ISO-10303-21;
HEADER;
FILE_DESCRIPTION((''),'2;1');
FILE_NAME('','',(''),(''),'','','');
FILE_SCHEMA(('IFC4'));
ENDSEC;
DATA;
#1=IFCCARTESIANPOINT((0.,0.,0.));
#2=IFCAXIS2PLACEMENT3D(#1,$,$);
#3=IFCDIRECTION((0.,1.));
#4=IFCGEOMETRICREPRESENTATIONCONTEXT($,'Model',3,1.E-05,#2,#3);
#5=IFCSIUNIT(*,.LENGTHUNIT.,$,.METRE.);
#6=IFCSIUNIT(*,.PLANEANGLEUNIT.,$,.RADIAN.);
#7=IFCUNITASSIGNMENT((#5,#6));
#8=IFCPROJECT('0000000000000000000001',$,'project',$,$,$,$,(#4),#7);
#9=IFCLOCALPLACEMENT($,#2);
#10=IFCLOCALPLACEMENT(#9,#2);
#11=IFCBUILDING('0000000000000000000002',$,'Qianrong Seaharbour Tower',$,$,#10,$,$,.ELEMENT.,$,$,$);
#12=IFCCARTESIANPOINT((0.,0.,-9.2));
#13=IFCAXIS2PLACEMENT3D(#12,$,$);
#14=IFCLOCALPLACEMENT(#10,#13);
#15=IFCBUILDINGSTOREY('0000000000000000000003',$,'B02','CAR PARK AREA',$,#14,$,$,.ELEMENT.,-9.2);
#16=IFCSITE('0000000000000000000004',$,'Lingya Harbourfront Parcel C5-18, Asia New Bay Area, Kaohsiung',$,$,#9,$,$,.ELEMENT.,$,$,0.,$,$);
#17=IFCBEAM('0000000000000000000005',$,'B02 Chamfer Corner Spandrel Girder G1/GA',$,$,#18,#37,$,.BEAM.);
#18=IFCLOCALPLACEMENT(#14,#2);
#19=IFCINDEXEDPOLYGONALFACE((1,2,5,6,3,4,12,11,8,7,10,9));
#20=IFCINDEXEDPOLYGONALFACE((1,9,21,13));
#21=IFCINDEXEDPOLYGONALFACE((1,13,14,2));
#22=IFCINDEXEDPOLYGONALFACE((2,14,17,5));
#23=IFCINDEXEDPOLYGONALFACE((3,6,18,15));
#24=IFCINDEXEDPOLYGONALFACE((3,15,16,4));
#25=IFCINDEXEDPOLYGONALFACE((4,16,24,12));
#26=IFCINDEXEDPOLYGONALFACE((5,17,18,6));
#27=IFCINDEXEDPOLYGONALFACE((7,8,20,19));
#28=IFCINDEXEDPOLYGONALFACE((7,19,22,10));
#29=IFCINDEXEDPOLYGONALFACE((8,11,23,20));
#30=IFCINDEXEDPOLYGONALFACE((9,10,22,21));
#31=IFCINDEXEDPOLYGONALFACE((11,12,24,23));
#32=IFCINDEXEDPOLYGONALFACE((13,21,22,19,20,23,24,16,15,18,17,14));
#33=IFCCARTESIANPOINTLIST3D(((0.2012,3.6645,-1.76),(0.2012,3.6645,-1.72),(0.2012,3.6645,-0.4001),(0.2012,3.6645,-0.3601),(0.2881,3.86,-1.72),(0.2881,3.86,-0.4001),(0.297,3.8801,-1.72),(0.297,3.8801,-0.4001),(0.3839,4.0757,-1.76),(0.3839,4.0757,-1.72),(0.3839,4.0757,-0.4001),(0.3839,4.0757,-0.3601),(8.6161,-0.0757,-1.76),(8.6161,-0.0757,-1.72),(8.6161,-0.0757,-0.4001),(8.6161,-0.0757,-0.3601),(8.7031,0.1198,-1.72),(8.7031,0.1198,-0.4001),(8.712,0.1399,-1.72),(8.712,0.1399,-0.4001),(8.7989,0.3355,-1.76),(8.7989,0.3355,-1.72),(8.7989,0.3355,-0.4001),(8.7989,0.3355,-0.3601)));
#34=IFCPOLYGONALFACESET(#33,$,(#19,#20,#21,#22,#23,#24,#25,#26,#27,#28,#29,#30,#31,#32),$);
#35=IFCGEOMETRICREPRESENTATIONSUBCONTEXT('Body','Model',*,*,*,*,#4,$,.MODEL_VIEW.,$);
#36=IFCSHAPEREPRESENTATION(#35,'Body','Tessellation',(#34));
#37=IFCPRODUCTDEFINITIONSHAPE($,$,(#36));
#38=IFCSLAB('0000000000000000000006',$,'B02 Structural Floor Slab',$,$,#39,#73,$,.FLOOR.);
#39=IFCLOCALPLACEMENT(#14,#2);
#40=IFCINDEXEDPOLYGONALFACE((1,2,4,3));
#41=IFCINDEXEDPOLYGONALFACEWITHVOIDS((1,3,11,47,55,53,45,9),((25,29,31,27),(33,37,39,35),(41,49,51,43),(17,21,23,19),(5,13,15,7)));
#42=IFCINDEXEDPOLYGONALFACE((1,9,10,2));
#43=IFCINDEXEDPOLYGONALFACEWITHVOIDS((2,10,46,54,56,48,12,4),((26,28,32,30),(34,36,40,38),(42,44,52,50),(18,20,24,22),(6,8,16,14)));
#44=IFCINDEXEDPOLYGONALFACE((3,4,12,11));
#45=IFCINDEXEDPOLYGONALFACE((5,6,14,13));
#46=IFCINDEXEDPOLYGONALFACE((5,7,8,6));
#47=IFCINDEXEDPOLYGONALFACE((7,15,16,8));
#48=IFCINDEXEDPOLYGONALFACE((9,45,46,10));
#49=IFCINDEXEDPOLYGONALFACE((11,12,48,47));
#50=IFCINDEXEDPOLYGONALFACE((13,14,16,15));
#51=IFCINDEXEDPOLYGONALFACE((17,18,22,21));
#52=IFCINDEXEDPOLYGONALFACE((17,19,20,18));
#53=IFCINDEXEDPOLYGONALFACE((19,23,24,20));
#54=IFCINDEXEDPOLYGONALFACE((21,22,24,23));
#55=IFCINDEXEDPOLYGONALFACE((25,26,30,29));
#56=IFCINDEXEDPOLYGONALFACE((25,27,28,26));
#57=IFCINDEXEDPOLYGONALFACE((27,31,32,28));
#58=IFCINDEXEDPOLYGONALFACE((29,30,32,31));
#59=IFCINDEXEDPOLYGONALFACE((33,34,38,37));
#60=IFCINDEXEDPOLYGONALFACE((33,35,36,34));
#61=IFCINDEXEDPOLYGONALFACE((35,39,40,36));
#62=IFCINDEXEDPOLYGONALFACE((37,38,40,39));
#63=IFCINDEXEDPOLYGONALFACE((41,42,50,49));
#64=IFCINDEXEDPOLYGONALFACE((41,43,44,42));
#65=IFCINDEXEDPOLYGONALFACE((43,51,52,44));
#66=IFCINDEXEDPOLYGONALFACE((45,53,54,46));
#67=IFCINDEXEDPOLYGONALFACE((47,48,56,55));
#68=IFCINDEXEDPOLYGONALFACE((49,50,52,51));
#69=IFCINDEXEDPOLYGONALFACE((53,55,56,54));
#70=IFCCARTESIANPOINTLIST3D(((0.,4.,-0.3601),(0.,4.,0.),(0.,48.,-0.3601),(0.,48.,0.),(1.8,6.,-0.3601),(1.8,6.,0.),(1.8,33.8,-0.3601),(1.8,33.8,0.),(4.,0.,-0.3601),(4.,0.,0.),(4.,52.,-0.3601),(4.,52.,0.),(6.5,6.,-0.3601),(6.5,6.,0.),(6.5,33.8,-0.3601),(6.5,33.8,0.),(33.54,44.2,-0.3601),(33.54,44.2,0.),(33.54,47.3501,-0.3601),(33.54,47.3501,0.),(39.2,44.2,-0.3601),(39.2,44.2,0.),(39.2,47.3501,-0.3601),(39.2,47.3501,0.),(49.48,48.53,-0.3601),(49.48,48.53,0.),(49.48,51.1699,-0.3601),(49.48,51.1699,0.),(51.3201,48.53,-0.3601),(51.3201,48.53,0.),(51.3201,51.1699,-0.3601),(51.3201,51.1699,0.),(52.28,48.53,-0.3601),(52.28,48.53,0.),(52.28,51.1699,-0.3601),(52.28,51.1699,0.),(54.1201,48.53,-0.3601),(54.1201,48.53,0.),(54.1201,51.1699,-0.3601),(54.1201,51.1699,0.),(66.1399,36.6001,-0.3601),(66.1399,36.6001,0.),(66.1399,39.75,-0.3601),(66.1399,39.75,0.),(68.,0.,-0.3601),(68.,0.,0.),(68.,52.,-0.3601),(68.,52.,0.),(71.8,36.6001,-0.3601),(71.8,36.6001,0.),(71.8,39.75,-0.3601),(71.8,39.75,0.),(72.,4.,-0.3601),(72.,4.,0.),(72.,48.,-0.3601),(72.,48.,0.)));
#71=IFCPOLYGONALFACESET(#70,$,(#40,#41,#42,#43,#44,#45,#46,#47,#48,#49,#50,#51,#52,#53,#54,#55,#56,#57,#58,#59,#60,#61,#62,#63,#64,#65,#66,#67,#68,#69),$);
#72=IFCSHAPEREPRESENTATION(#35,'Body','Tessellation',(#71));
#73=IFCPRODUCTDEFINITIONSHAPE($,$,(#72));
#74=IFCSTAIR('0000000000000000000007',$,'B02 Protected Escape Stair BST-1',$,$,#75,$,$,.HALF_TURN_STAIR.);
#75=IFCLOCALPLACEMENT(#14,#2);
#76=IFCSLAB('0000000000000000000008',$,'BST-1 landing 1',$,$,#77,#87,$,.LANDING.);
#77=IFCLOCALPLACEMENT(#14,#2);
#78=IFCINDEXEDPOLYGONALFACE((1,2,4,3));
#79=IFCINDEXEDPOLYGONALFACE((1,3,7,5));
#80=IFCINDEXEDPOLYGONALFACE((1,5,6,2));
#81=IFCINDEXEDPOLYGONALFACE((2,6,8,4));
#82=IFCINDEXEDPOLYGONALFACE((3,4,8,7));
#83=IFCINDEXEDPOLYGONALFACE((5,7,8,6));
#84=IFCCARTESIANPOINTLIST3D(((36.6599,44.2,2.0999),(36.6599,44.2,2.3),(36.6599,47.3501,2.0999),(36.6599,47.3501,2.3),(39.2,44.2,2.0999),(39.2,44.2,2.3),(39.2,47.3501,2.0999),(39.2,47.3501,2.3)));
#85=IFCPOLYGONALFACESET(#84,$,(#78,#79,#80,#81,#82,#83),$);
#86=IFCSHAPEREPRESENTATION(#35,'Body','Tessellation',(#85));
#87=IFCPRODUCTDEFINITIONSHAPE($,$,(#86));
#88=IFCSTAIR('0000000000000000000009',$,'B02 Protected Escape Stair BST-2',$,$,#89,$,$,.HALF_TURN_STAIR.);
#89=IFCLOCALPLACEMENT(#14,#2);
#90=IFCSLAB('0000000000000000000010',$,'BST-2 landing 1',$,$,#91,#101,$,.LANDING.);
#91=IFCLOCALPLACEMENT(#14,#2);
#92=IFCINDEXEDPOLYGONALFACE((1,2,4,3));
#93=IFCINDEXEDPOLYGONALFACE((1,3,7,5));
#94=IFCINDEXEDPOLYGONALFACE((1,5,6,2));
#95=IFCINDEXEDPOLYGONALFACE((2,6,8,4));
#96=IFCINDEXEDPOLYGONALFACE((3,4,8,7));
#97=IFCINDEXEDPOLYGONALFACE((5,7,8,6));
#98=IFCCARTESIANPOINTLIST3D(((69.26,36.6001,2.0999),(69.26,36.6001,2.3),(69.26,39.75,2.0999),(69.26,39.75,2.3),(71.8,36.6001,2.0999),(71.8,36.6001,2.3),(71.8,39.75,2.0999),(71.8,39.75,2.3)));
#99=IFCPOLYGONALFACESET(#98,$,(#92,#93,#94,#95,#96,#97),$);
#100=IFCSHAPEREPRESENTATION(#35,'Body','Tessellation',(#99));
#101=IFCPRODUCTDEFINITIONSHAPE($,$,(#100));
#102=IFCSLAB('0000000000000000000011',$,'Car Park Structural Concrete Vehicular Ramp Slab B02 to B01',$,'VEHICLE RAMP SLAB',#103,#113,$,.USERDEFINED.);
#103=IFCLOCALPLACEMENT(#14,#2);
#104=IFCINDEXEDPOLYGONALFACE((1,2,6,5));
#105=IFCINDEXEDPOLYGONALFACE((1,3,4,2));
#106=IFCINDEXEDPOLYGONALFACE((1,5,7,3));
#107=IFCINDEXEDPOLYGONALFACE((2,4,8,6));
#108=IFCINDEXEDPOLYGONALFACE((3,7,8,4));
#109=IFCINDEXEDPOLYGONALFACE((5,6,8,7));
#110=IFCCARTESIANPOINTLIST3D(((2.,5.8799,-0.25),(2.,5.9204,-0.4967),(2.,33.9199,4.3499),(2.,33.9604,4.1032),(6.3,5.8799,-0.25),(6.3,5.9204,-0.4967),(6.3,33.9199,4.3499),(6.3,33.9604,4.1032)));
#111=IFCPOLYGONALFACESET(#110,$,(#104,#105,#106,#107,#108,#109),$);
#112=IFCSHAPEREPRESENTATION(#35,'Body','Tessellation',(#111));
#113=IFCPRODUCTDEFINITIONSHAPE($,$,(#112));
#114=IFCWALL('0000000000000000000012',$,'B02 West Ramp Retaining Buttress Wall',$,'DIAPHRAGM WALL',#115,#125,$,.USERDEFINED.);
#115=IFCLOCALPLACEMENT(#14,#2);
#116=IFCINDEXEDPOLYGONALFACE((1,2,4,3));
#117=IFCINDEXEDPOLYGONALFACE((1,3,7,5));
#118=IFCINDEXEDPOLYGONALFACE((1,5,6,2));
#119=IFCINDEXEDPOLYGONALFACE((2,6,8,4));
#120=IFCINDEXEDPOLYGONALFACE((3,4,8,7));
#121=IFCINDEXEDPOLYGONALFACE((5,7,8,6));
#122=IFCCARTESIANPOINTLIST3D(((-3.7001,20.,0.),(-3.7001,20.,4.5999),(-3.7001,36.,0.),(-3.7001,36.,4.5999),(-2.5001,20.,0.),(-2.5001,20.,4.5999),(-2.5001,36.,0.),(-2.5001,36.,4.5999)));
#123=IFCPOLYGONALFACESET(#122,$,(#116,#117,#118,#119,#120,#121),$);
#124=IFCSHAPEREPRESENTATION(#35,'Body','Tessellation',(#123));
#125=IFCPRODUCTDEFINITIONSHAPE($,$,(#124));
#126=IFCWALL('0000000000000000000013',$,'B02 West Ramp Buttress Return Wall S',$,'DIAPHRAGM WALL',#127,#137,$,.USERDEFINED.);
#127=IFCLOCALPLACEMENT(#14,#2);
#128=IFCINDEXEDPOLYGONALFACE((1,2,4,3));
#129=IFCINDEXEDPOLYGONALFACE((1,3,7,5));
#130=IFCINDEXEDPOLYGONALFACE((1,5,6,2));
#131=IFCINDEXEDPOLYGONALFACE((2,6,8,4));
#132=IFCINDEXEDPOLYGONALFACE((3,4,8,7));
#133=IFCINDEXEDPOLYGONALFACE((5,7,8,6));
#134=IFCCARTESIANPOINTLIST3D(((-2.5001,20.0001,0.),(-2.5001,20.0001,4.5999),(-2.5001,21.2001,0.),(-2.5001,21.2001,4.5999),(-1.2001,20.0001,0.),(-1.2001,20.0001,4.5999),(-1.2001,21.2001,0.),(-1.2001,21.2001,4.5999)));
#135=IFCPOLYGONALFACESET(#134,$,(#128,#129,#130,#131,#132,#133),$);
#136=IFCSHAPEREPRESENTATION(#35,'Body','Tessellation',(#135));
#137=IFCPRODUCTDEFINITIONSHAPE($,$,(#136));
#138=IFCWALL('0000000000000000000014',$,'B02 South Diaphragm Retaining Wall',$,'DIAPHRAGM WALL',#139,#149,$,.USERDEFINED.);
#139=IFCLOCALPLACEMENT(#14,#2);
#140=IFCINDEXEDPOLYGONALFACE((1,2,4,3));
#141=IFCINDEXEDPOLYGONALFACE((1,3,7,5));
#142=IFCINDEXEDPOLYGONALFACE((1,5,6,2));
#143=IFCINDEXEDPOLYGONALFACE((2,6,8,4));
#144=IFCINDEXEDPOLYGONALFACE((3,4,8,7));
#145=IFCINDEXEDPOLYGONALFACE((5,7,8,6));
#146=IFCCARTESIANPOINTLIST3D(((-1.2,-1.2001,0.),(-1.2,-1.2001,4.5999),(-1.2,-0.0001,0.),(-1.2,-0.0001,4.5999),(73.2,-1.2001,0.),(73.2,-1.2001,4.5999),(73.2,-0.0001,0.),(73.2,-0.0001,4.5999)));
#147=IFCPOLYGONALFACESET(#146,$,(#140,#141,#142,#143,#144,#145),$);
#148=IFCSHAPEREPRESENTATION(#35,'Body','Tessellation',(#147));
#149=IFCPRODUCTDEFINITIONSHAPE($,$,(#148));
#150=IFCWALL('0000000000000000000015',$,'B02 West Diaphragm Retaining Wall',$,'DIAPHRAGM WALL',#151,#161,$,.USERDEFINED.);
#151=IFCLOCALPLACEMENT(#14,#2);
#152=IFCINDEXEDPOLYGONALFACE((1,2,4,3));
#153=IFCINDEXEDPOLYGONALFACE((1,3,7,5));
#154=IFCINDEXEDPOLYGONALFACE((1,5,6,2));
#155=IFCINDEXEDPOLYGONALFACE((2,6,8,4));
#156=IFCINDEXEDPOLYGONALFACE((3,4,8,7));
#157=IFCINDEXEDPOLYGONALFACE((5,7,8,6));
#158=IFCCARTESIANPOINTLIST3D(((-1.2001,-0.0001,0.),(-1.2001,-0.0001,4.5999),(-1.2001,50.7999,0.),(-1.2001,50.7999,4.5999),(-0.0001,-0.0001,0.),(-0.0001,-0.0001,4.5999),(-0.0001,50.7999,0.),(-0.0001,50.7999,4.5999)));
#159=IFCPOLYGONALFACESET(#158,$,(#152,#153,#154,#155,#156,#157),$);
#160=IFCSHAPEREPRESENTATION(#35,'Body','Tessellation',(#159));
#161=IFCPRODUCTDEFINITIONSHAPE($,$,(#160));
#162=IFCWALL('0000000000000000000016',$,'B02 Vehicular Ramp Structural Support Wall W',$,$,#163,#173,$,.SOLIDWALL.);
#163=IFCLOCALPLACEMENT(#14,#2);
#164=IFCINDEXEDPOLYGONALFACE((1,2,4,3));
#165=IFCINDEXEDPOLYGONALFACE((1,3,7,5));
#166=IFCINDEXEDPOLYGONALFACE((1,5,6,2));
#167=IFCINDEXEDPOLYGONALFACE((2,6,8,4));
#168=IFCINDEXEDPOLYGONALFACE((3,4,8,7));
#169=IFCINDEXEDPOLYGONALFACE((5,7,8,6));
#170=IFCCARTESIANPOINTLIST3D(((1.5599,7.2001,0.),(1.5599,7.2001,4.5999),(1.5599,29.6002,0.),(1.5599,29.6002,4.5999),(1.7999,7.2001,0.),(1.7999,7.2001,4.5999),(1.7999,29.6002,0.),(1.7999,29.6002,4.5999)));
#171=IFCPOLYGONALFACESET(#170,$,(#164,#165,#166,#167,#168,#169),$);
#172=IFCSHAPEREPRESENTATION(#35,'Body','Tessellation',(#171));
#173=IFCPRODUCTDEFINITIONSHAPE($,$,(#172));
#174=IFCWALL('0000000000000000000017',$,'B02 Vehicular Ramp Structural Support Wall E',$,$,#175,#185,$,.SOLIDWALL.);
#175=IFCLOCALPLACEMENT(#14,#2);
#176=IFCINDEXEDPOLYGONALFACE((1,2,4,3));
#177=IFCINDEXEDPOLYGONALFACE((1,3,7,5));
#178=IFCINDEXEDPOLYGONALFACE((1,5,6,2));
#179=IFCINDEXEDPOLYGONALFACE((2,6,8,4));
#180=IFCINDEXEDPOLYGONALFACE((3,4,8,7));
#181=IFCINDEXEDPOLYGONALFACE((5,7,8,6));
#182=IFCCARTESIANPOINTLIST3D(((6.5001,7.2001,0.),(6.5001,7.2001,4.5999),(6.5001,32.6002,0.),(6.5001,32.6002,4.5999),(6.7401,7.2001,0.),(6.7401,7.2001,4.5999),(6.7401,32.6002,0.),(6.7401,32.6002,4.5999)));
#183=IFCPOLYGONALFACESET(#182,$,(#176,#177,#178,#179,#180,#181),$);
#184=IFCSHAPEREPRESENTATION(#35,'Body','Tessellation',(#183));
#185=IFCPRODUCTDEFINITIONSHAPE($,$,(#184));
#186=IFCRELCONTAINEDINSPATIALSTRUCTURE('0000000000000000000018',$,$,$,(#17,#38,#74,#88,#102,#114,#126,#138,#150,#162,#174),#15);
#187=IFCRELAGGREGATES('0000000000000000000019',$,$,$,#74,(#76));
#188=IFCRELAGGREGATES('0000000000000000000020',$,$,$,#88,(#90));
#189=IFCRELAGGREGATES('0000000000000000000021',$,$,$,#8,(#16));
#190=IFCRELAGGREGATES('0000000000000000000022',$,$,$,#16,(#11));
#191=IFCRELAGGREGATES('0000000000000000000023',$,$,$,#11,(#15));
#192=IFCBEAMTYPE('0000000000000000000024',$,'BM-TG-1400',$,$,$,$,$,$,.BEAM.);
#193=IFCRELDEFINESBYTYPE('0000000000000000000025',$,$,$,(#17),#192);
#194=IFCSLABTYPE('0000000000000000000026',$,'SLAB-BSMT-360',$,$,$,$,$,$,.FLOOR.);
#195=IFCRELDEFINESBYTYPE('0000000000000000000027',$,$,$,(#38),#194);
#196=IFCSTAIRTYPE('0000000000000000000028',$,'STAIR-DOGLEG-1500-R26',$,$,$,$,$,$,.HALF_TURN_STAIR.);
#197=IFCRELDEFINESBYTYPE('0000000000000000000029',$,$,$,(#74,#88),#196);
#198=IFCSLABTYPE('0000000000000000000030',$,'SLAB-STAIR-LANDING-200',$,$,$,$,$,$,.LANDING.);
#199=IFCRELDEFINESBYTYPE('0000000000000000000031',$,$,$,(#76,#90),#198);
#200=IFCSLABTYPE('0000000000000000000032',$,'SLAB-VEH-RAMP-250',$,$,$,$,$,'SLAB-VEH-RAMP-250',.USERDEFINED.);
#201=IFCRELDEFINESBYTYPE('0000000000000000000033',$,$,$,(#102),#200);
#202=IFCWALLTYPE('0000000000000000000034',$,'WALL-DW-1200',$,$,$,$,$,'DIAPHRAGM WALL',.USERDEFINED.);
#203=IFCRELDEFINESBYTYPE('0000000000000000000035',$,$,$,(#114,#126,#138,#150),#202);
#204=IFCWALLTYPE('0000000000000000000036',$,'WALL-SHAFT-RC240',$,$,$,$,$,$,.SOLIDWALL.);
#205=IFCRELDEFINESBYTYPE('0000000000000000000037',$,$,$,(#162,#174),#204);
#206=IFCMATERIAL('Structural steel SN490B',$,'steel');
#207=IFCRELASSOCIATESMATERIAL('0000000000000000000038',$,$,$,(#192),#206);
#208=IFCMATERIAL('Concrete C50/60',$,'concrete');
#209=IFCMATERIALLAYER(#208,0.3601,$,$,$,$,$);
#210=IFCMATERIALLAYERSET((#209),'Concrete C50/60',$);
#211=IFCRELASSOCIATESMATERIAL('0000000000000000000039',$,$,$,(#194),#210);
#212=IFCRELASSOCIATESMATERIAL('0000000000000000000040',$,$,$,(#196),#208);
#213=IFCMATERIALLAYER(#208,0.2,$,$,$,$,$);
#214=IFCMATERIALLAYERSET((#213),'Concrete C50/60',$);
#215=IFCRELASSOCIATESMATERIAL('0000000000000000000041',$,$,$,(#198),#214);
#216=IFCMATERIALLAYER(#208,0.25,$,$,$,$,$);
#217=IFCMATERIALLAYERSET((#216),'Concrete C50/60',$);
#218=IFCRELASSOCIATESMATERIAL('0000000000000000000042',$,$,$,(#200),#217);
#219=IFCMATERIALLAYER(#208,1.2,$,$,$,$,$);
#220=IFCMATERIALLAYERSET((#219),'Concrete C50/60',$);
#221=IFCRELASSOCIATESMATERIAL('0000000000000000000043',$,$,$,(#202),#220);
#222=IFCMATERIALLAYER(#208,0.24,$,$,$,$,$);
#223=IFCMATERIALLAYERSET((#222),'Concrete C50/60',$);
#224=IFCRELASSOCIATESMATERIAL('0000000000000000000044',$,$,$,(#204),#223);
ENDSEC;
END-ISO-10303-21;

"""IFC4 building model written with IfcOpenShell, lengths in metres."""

from ifc_helpers import new_model, si_unit, direction, frame, frame_2d, origin, origin_2d, place, context, subcontext, project, spatial, polyline, rectangle, i_section, outline, extrude, material, layer, layer_set, material_profile, profile_set, type_object, element, aggregate, save


model = new_model("IFC4")

# Units and contexts
model_context = context("Model", 3, precision=1e-05, world=origin(), true_north=direction((0.0, 1.0)))
body_context = subcontext(model_context, "Body", "Model", "MODEL_VIEW")
ifc_project = project(units=[si_unit("LENGTHUNIT", "METRE"), si_unit("PLANEANGLEUNIT", "RADIAN")], contexts=[model_context])

# Site, building, storey
site_placement = place(None, origin())
site = spatial("IfcSite", under=ifc_project, at=site_placement, Name="Lingya Harbourfront Parcel C5-18, Asia New Bay Area, Kaohsiung", CompositionType="ELEMENT", RefElevation=0.0)
building_placement = place(site_placement, origin())
building = spatial("IfcBuilding", under=site, at=building_placement, Name="Qianrong Seaharbour Tower", CompositionType="ELEMENT")
storey_placement = place(building_placement, frame((0.0, 0.0, -9.2)))
storey = spatial("IfcBuildingStorey", under=building, at=storey_placement, Name="B02", Description="CAR PARK AREA", CompositionType="ELEMENT", Elevation=-9.2)

# Shared definitions
ifc_material_1 = material(Name="Structural steel SN490B", Category="steel")

# Beam
ifc_material_2 = material(Name="Concrete C50/60", Category="concrete")
ifc_material_profile_1 = material_profile(ifc_material_1, i_section(OverallWidth=0.45, OverallDepth=1.3999, WebThickness=0.022, FlangeThickness=0.04, at=origin_2d()), Name="BH1400x450x22x40")
ifc_profile_set_1 = profile_set([ifc_material_profile_1], Name="Structural steel SN490B")
beam_type_1 = type_object("IfcBeamType", Name="BM-TG-1400", PredefinedType="BEAM", material=ifc_profile_set_1)
beam_1_placement = place(storey_placement, frame((8.7075, 0.1299, -1.0601), z_axis=(-0.913803, 0.406158, 0.0), x_axis=(-0.406158, -0.913803, 0.0)))
element("IfcBeam", 1, at=beam_1_placement, inside=storey, type_object=beam_type_1, Name="B02 Chamfer Corner Spandrel Girder G1/GA", PredefinedType="BEAM", context=body_context, shape_type="SweptSolid", body=[
    extrude(i_section(OverallWidth=0.45, OverallDepth=1.3999, WebThickness=0.022, FlangeThickness=0.04, at=origin_2d()), origin(), (0.0, 0.0, 1.0), 9.2087),
])

# Slab
ifc_layer_1 = layer(ifc_material_2, 0.3601)
ifc_layer_set_1 = layer_set([ifc_layer_1], Name="Concrete C50/60")
slab_type_1 = type_object("IfcSlabType", Name="SLAB-BSMT-360", PredefinedType="FLOOR", material=ifc_layer_set_1)
slab_1_placement = place(storey_placement, frame((0.0, 0.0, -0.3601)))
element("IfcSlab", 2, at=slab_1_placement, inside=storey, type_object=slab_type_1, Name="B02 Structural Floor Slab", PredefinedType="FLOOR", context=body_context, shape_type="SweptSolid", body=[
    extrude(outline(polyline([(4.0, 0.0), (68.0, 0.0), (72.0, 4.0), (72.0, 48.0), (68.0, 52.0), (4.0, 52.0), (0.0, 48.0), (0.0, 4.0), (4.0, 0.0)]), holes=[polyline([(33.54, 44.2), (33.54, 47.3501), (39.2, 47.3501), (39.2, 44.2), (33.54, 44.2)]), polyline([(66.1399, 36.6001), (66.1399, 39.75), (71.8, 39.75), (71.8, 36.6001), (66.1399, 36.6001)]), polyline([(49.48, 48.53), (49.48, 51.1699), (51.3201, 51.1699), (51.3201, 48.53), (49.48, 48.53)]), polyline([(52.28, 48.53), (52.28, 51.1699), (54.1201, 51.1699), (54.1201, 48.53), (52.28, 48.53)]), polyline([(1.8, 6.0), (6.5, 6.0), (6.5, 33.8), (1.8, 33.8), (1.8, 6.0)])]), origin(), (0.0, 0.0, 1.0), 0.3601),
])

# Stairs, slabs
stair_type = type_object("IfcStairType", Name="STAIR-DOGLEG-1500-R26", PredefinedType="HALF_TURN_STAIR", material=ifc_material_2)
stair_1_placement = place(storey_placement, origin())
stair_1 = element("IfcStair", 3, at=stair_1_placement, inside=storey, type_object=stair_type, Name="B02 Protected Escape Stair BST-1", PredefinedType="HALF_TURN_STAIR")
ifc_layer_2 = layer(ifc_material_2, 0.2)
ifc_layer_set_2 = layer_set([ifc_layer_2], Name="Concrete C50/60")
slab_type_2 = type_object("IfcSlabType", Name="SLAB-STAIR-LANDING-200", PredefinedType="LANDING", material=ifc_layer_set_2)
slab_2_placement = place(storey_placement, frame((0.0, 0.0, 2.0999)))
slab_2 = element("IfcSlab", 4, at=slab_2_placement, type_object=slab_type_2, Name="BST-1 landing 1", PredefinedType="LANDING", context=body_context, shape_type="SweptSolid", body=[
    extrude(outline(polyline([(36.6599, 44.2), (39.2, 44.2), (39.2, 47.3501), (36.6599, 47.3501), (36.6599, 44.2)])), origin(), (0.0, 0.0, 1.0), 0.2002),
])
aggregate(stair_1, [slab_2])
stair_2_placement = place(storey_placement, origin())
stair_2 = element("IfcStair", 5, at=stair_2_placement, inside=storey, type_object=stair_type, Name="B02 Protected Escape Stair BST-2", PredefinedType="HALF_TURN_STAIR")
slab_3_placement = place(storey_placement, frame((0.0, 0.0, 2.0999)))
slab_3 = element("IfcSlab", 6, at=slab_3_placement, type_object=slab_type_2, Name="BST-2 landing 1", PredefinedType="LANDING", context=body_context, shape_type="SweptSolid", body=[
    extrude(outline(polyline([(69.26, 36.6001), (71.8, 36.6001), (71.8, 39.75), (69.26, 39.75), (69.26, 36.6001)])), origin(), (0.0, 0.0, 1.0), 0.2002),
])
aggregate(stair_2, [slab_3])

# Slab
ifc_layer_3 = layer(ifc_material_2, 0.25)
ifc_layer_set_3 = layer_set([ifc_layer_3], Name="Concrete C50/60")
slab_type_3 = type_object("IfcSlabType", Name="SLAB-VEH-RAMP-250", ElementType="SLAB-VEH-RAMP-250", PredefinedType="USERDEFINED", material=ifc_layer_set_3)
slab_4_placement = place(storey_placement, frame((2.0, 5.8799, -0.25), z_axis=(0.0, -0.161882, 0.98681), x_axis=(1.0, 0.0, 0.0)))
element("IfcSlab", 7, at=slab_4_placement, inside=storey, type_object=slab_type_3, Name="Car Park Structural Concrete Vehicular Ramp Slab B02 to B01", ObjectType="VEHICLE RAMP SLAB", PredefinedType="USERDEFINED", context=body_context, shape_type="SweptSolid", body=[
    extrude(outline(polyline([(0.0, 0.0), (4.3, 0.0), (4.3, 28.4148), (0.0, 28.4148), (0.0, 0.0)])), origin(), (0.0, 0.0, -1.0), 0.25),
])

# Walls
ifc_layer_4 = layer(ifc_material_2, 1.2)
ifc_layer_set_4 = layer_set([ifc_layer_4], Name="Concrete C50/60")
wall_type_1 = type_object("IfcWallType", Name="WALL-DW-1200", ElementType="DIAPHRAGM WALL", PredefinedType="USERDEFINED", material=ifc_layer_set_4)
wall_1_placement = place(storey_placement, frame((-3.1001, 20.0, 0.0), z_axis=(0.0, 0.0, 1.0), x_axis=(0.0, 1.0, 0.0)))
element("IfcWall", 8, at=wall_1_placement, inside=storey, type_object=wall_type_1, Name="B02 West Ramp Retaining Buttress Wall", ObjectType="DIAPHRAGM WALL", PredefinedType="USERDEFINED", context=body_context, shape_type="SweptSolid", body=[
    extrude(rectangle(XDim=16.0, YDim=1.2, at=frame_2d((8.0, 0.0))), origin(), (0.0, 0.0, 1.0), 4.5999),
])
wall_2_placement = place(storey_placement, frame((-2.5, 20.6001, 0.0), z_axis=(0.0, 0.0, 1.0), x_axis=(1.0, 0.0, 0.0)))
element("IfcWall", 9, at=wall_2_placement, inside=storey, type_object=wall_type_1, Name="B02 West Ramp Buttress Return Wall S", ObjectType="DIAPHRAGM WALL", PredefinedType="USERDEFINED", context=body_context, shape_type="SweptSolid", body=[
    extrude(rectangle(XDim=1.3, YDim=1.2, at=frame_2d((0.6499, 0.0))), origin(), (0.0, 0.0, 1.0), 4.5999),
])
wall_3_placement = place(storey_placement, frame((-1.2, -0.6001, 0.0), z_axis=(0.0, 0.0, 1.0), x_axis=(1.0, 0.0, 0.0)))
element("IfcWall", 10, at=wall_3_placement, inside=storey, type_object=wall_type_1, Name="B02 South Diaphragm Retaining Wall", ObjectType="DIAPHRAGM WALL", PredefinedType="USERDEFINED", context=body_context, shape_type="SweptSolid", body=[
    extrude(rectangle(XDim=74.3999, YDim=1.2, at=frame_2d((37.2, 0.0))), origin(), (0.0, 0.0, 1.0), 4.5999),
])
wall_4_placement = place(storey_placement, frame((-0.6001, 0.0, 0.0), z_axis=(0.0, 0.0, 1.0), x_axis=(0.0, 1.0, 0.0)))
element("IfcWall", 11, at=wall_4_placement, inside=storey, type_object=wall_type_1, Name="B02 West Diaphragm Retaining Wall", ObjectType="DIAPHRAGM WALL", PredefinedType="USERDEFINED", context=body_context, shape_type="SweptSolid", body=[
    extrude(rectangle(XDim=50.8, YDim=1.2, at=frame_2d((25.3999, 0.0))), origin(), (0.0, 0.0, 1.0), 4.5999),
])
ifc_layer_5 = layer(ifc_material_2, 0.24)
ifc_layer_set_5 = layer_set([ifc_layer_5], Name="Concrete C50/60")
wall_type_2 = type_object("IfcWallType", Name="WALL-SHAFT-RC240", PredefinedType="SOLIDWALL", material=ifc_layer_set_5)
wall_5_placement = place(storey_placement, frame((1.6799, 7.2, 0.0), z_axis=(0.0, 0.0, 1.0), x_axis=(0.0, 1.0, 0.0)))
element("IfcWall", 12, at=wall_5_placement, inside=storey, type_object=wall_type_2, Name="B02 Vehicular Ramp Structural Support Wall W", PredefinedType="SOLIDWALL", context=body_context, shape_type="SweptSolid", body=[
    extrude(rectangle(XDim=22.4001, YDim=0.24, at=frame_2d((11.2002, 0.0))), origin(), (0.0, 0.0, 1.0), 4.5999),
])
wall_6_placement = place(storey_placement, frame((6.6201, 7.2, 0.0), z_axis=(0.0, 0.0, 1.0), x_axis=(0.0, 1.0, 0.0)))
element("IfcWall", 13, at=wall_6_placement, inside=storey, type_object=wall_type_2, Name="B02 Vehicular Ramp Structural Support Wall E", PredefinedType="SOLIDWALL", context=body_context, shape_type="SweptSolid", body=[
    extrude(rectangle(XDim=25.4001, YDim=0.24, at=frame_2d((12.7002, 0.0))), origin(), (0.0, 0.0, 1.0), 4.5999),
])

save(model, "model.ifc")
